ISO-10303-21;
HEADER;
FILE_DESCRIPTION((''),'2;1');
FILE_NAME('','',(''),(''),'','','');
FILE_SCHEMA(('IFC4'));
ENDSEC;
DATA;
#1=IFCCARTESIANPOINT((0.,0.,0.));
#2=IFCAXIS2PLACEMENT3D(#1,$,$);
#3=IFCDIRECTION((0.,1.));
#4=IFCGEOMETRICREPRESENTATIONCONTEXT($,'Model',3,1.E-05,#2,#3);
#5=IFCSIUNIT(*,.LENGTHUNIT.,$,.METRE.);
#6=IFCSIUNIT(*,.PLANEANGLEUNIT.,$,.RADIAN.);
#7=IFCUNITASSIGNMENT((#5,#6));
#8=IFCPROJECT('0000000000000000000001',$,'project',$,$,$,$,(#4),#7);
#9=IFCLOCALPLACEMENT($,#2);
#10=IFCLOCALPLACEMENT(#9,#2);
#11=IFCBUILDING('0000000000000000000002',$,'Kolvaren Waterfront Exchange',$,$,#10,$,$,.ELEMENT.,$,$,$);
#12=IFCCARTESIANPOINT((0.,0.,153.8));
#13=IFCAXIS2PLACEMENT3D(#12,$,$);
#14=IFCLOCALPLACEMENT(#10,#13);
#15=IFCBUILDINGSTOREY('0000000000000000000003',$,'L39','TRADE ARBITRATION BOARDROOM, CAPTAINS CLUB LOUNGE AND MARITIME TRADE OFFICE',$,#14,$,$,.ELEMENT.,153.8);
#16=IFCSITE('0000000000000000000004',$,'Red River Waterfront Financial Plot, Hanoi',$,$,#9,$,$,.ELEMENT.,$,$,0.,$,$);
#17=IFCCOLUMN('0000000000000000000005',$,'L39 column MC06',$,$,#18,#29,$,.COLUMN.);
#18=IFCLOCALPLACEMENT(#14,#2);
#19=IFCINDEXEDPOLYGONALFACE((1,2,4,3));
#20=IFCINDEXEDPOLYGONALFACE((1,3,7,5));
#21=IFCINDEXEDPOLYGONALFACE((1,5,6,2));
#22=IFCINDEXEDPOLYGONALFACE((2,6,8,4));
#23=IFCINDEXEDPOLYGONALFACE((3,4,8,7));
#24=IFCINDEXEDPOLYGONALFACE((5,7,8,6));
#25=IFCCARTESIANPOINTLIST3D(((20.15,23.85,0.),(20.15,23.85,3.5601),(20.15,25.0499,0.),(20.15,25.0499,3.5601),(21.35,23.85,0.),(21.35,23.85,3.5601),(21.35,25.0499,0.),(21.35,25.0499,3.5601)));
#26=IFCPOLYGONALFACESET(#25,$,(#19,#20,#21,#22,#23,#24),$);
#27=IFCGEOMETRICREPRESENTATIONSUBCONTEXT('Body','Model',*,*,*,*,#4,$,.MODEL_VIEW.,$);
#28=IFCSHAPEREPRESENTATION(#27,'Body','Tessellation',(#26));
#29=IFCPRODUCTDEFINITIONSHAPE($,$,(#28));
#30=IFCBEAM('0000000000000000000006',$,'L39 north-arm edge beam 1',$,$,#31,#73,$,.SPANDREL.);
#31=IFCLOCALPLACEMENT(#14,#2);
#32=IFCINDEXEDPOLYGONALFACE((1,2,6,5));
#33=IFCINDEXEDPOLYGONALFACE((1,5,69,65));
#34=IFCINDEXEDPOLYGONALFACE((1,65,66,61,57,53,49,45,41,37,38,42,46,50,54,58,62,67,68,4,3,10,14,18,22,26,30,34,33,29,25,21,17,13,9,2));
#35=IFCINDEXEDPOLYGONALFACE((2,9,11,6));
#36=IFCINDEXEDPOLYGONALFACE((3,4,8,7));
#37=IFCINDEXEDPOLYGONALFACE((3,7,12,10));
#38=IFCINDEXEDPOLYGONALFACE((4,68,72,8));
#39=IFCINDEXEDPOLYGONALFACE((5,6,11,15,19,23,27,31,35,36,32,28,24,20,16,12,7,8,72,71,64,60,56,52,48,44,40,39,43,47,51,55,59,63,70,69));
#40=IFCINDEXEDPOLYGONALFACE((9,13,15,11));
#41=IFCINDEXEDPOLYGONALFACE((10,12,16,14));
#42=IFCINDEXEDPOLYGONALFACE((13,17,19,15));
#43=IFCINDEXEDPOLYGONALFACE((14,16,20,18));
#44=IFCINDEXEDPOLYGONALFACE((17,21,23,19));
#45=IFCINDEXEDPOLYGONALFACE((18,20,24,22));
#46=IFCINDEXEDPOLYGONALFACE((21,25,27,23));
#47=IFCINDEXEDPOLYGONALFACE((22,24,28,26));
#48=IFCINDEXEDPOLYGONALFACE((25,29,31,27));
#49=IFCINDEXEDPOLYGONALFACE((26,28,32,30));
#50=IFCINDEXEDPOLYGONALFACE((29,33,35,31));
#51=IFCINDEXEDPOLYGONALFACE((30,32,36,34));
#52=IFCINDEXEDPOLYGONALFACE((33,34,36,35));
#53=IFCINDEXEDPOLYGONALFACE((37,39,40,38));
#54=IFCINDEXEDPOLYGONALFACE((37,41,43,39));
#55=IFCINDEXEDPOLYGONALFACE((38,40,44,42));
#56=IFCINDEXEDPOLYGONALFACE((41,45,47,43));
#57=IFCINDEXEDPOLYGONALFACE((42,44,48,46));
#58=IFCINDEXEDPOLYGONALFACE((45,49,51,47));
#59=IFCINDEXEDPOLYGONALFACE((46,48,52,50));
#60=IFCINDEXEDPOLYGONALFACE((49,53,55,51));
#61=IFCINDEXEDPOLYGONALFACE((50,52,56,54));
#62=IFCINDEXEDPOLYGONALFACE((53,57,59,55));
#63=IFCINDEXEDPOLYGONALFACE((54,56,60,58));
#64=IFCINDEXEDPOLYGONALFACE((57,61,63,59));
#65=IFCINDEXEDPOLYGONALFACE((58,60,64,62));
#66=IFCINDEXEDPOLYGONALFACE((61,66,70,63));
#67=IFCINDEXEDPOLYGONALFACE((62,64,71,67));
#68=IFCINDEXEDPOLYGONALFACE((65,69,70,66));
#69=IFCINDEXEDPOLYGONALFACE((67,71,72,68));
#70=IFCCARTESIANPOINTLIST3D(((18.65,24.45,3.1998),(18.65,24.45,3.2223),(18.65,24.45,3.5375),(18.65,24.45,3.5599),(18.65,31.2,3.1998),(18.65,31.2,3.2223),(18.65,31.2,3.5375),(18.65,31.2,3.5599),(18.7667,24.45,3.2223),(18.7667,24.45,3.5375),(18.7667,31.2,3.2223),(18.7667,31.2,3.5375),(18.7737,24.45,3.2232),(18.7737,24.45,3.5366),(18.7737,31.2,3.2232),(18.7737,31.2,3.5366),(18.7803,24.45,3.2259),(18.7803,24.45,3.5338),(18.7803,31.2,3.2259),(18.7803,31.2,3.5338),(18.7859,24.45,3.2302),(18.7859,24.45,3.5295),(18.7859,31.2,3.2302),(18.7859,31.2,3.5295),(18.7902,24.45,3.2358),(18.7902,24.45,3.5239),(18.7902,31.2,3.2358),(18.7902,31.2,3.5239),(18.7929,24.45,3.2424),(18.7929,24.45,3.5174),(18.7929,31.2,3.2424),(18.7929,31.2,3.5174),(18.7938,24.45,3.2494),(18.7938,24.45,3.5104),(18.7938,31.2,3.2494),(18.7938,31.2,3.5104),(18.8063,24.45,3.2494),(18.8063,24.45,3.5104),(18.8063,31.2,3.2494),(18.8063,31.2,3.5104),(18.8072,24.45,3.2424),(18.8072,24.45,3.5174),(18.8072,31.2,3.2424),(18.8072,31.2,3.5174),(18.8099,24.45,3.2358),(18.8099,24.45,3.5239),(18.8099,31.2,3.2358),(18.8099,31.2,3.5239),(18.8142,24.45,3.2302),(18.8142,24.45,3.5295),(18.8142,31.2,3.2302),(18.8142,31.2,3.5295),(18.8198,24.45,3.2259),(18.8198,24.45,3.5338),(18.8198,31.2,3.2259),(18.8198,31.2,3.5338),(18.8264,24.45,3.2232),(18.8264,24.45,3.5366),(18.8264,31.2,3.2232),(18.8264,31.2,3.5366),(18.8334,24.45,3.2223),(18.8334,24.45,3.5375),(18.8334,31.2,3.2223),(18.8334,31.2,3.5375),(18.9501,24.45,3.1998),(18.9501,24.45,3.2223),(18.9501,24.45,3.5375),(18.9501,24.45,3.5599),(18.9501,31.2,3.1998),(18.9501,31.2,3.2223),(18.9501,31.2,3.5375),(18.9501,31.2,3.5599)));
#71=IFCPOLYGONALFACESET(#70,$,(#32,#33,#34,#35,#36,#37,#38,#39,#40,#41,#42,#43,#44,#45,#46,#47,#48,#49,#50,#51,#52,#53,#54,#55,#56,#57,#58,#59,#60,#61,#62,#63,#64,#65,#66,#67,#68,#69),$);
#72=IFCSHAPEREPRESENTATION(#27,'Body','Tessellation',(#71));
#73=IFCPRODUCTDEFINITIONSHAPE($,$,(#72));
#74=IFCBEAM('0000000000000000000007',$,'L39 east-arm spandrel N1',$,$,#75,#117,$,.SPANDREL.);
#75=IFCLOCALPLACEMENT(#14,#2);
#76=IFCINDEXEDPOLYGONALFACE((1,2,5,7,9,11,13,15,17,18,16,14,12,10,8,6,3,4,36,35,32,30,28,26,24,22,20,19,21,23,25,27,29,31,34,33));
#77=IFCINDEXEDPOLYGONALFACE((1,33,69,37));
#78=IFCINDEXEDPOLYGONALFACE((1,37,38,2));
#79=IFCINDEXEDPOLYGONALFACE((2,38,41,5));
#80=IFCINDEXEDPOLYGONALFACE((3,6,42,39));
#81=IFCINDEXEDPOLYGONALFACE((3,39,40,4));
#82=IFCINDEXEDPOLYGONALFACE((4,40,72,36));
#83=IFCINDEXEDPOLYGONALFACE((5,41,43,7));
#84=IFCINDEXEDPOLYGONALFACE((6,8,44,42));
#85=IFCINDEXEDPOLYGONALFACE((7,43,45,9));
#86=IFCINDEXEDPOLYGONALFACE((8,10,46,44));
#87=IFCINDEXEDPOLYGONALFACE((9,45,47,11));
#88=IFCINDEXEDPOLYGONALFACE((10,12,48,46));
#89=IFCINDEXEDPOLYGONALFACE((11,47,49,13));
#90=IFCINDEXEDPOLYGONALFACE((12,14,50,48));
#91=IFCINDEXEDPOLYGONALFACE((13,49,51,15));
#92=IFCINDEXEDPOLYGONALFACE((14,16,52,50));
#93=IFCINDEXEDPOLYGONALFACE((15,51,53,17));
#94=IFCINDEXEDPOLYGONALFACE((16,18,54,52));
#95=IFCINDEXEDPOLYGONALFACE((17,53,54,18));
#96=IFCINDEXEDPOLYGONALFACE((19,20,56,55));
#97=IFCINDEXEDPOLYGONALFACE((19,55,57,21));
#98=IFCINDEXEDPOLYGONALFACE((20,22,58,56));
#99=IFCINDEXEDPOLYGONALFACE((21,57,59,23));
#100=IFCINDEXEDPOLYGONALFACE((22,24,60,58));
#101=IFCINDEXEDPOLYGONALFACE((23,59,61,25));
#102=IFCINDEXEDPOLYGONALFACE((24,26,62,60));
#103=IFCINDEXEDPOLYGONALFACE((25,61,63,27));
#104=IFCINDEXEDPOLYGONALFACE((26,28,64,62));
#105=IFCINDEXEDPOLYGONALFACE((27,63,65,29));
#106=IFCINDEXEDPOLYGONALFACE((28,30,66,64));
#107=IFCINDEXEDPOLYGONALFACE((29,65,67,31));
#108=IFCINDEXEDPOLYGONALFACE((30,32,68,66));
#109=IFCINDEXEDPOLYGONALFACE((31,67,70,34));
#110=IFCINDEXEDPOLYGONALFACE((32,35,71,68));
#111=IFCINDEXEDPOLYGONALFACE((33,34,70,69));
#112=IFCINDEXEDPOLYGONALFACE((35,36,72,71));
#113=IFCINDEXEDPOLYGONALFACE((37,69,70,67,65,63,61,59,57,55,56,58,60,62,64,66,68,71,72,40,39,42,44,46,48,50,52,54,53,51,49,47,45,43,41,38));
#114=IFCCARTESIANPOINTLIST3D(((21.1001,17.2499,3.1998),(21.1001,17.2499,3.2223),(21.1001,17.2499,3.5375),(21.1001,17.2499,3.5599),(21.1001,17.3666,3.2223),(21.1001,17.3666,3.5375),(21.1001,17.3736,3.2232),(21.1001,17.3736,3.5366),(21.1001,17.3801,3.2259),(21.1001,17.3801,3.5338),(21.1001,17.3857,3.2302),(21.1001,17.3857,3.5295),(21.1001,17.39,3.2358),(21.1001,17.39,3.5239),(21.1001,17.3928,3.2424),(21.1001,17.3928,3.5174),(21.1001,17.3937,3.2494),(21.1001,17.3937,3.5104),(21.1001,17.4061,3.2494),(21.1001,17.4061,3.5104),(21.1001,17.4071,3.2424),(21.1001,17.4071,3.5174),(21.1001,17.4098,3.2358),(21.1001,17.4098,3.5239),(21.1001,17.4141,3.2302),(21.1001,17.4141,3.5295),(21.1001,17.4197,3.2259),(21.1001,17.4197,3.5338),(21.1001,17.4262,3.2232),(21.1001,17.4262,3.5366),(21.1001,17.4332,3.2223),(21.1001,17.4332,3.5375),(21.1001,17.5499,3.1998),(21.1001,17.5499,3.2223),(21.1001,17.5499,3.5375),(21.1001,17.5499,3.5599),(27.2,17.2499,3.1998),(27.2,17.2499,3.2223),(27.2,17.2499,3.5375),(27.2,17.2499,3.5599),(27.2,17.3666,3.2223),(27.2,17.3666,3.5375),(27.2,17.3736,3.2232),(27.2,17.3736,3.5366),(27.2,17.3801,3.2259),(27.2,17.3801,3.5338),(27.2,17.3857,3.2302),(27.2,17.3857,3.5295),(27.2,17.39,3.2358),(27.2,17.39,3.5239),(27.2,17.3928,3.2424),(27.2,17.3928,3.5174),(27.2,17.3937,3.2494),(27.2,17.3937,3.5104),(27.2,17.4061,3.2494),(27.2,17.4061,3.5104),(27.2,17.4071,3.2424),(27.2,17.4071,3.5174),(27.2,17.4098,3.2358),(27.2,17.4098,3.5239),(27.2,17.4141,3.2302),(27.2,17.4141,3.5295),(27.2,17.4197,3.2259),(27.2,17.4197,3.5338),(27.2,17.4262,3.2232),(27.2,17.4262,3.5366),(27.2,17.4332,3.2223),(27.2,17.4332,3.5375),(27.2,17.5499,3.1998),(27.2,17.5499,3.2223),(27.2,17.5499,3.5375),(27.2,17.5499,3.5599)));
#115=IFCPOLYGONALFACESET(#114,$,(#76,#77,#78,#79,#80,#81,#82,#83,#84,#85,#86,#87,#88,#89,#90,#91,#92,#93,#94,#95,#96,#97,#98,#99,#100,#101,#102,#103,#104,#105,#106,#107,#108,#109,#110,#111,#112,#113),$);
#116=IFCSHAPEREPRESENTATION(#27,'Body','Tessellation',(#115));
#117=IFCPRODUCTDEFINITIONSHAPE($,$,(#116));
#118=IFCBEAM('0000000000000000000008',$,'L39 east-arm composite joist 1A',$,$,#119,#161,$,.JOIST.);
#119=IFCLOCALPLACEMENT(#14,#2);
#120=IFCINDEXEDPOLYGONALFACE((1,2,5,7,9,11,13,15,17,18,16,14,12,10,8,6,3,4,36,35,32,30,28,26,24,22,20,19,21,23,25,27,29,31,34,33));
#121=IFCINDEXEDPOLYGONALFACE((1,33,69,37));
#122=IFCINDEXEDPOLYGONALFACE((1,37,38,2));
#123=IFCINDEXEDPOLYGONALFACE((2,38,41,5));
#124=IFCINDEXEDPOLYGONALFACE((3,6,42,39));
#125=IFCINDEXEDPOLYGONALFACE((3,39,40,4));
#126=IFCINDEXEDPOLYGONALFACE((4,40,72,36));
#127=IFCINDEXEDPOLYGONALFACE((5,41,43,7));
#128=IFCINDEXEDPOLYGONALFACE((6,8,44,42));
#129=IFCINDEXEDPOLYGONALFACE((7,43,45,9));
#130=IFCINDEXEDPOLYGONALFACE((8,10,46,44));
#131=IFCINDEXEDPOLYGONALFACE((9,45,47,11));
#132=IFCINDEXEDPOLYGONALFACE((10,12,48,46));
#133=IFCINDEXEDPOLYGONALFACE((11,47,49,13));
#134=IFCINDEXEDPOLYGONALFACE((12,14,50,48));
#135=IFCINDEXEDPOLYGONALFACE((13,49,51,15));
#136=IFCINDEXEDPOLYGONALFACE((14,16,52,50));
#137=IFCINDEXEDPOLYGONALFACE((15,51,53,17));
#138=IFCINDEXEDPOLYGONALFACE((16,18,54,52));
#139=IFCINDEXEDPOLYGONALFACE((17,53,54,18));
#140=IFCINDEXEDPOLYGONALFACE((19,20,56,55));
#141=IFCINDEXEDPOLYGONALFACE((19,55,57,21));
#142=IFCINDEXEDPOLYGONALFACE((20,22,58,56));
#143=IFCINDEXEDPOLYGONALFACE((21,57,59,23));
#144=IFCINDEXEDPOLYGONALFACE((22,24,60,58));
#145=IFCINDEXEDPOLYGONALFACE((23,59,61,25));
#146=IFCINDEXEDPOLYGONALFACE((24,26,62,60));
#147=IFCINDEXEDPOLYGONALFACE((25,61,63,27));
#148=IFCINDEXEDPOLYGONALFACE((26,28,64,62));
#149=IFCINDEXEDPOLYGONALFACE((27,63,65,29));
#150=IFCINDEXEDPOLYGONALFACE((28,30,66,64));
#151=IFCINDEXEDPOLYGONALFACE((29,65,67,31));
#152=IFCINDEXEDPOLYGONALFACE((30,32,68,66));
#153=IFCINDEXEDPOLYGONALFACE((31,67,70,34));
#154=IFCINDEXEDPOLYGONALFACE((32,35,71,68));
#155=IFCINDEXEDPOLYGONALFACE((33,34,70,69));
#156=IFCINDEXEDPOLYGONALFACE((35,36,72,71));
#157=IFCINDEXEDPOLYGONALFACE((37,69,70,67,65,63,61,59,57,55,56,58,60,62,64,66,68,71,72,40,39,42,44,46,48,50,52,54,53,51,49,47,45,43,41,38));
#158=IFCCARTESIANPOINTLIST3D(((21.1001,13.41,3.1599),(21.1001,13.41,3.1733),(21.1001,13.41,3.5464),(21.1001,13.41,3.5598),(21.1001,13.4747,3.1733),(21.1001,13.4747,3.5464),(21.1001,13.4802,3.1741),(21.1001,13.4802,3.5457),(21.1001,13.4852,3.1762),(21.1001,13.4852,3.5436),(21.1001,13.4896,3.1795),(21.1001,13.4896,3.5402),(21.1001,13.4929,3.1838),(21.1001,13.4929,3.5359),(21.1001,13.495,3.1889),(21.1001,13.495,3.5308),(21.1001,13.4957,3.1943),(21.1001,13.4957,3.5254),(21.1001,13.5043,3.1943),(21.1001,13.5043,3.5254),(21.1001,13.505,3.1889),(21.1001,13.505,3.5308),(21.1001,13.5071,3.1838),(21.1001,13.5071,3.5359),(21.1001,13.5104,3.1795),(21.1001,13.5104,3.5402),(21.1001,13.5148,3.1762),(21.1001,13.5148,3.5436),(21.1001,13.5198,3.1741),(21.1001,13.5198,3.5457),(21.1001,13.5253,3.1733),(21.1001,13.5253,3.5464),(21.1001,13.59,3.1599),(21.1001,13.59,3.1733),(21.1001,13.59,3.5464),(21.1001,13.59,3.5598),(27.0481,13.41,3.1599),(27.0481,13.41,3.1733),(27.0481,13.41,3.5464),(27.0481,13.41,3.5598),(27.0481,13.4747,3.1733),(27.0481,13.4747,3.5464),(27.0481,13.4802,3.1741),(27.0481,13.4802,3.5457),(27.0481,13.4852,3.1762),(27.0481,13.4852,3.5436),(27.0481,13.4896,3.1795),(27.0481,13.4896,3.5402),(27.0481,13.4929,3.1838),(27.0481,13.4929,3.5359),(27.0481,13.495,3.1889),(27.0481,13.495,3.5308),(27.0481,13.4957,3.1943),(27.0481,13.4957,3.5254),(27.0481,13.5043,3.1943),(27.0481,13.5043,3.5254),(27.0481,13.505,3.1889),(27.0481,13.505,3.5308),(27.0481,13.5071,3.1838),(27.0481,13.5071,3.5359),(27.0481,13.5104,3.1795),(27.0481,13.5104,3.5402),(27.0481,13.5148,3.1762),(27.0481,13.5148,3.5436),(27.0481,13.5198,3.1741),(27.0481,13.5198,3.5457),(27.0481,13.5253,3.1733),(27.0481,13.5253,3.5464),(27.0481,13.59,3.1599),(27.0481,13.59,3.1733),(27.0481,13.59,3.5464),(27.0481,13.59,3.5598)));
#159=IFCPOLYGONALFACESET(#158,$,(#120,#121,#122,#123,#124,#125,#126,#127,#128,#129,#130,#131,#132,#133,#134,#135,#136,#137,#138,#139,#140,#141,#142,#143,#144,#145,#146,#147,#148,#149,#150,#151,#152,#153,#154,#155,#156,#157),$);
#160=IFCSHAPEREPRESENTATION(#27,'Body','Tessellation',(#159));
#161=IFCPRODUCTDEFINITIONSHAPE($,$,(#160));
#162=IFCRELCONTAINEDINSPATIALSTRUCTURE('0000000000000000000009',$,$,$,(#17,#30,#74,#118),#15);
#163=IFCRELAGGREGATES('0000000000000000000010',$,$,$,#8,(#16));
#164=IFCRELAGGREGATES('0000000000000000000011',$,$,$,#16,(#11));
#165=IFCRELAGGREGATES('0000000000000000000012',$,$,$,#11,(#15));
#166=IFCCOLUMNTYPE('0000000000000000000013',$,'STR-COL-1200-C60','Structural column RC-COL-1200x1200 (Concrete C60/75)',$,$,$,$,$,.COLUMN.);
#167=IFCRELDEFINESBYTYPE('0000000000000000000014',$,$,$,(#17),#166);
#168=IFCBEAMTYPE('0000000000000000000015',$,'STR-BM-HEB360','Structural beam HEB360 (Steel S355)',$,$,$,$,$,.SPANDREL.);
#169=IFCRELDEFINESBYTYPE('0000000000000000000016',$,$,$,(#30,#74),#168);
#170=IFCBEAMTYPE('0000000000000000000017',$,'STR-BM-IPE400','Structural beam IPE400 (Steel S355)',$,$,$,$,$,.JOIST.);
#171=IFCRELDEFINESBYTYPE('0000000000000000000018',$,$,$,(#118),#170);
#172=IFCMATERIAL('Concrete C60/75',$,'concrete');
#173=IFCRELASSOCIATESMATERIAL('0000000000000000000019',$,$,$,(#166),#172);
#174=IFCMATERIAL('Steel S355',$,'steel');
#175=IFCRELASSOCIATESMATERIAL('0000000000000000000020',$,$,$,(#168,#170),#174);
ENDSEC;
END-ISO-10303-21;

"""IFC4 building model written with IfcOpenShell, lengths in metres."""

from ifc_helpers import new_model, si_unit, direction, frame, origin, origin_2d, place, context, subcontext, project, spatial, rectangle, i_section, extrude, material, material_profile, profile_set, type_object, element, save


model = new_model("IFC4")

# Units and contexts
model_context = context("Model", 3, precision=1e-05, world=origin(), true_north=direction((0.0, 1.0)))
body_context = subcontext(model_context, "Body", "Model", "MODEL_VIEW")
ifc_project = project(units=[si_unit("LENGTHUNIT", "METRE"), si_unit("PLANEANGLEUNIT", "RADIAN")], contexts=[model_context])

# Site, building, storey
site_placement = place(None, origin())
site = spatial("IfcSite", under=ifc_project, at=site_placement, Name="Red River Waterfront Financial Plot, Hanoi", CompositionType="ELEMENT", RefElevation=0.0)
building_placement = place(site_placement, origin())
building = spatial("IfcBuilding", under=site, at=building_placement, Name="Kolvaren Waterfront Exchange", CompositionType="ELEMENT")
storey_placement = place(building_placement, frame((0.0, 0.0, 153.8)))
storey = spatial("IfcBuildingStorey", under=building, at=storey_placement, Name="L39", Description="TRADE ARBITRATION BOARDROOM, CAPTAINS CLUB LOUNGE AND MARITIME TRADE OFFICE", CompositionType="ELEMENT", Elevation=153.8)

# Column
ifc_material_1 = material(Name="Concrete C60/75", Category="concrete")
ifc_material_profile_1 = material_profile(ifc_material_1, rectangle(XDim=1.2, YDim=1.2, at=origin_2d()), Name="RC-COL-1200x1200")
ifc_profile_set_1 = profile_set([ifc_material_profile_1], Name="Concrete C60/75")
column_type = type_object("IfcColumnType", Name="STR-COL-1200-C60", Description="Structural column RC-COL-1200x1200 (Concrete C60/75)", PredefinedType="COLUMN", material=ifc_profile_set_1)
column_placement = place(storey_placement, frame((20.75, 24.45, 0.0), z_axis=(0.0, 0.0, 1.0), x_axis=(1.0, 0.0, 0.0)))
element("IfcColumn", 1, at=column_placement, inside=storey, type_object=column_type, Name="L39 column MC06", PredefinedType="COLUMN", context=body_context, shape_type="SweptSolid", body=[
    extrude(rectangle(XDim=1.2, YDim=1.2, at=origin_2d()), origin(), (0.0, 0.0, 1.0), 3.5601),
])

# Beams
ifc_material_2 = material(Name="Steel S355", Category="steel")
ifc_material_profile_2 = material_profile(ifc_material_2, i_section(OverallWidth=0.3, OverallDepth=0.3601, WebThickness=0.0125, FlangeThickness=0.0225, FilletRadius=0.0271, at=origin_2d()), Name="HEB360")
ifc_profile_set_2 = profile_set([ifc_material_profile_2], Name="Steel S355")
beam_type_1 = type_object("IfcBeamType", Name="STR-BM-HEB360", Description="Structural beam HEB360 (Steel S355)", PredefinedType="SPANDREL", material=ifc_profile_set_2)
beam_1_placement = place(storey_placement, frame((18.8, 24.45, 3.3799), z_axis=(0.0, 1.0, 0.0), x_axis=(-1.0, 0.0, 0.0)))
element("IfcBeam", 2, at=beam_1_placement, inside=storey, type_object=beam_type_1, Name="L39 north-arm edge beam 1", PredefinedType="SPANDREL", context=body_context, shape_type="SweptSolid", body=[
    extrude(i_section(OverallWidth=0.3, OverallDepth=0.3601, WebThickness=0.0125, FlangeThickness=0.0225, FilletRadius=0.0271, at=origin_2d()), origin(), (0.0, 0.0, 1.0), 6.75),
])
beam_2_placement = place(storey_placement, frame((21.1001, 17.3999, 3.3799), z_axis=(1.0, 0.0, 0.0), x_axis=(0.0, 1.0, 0.0)))
element("IfcBeam", 3, at=beam_2_placement, inside=storey, type_object=beam_type_1, Name="L39 east-arm spandrel N1", PredefinedType="SPANDREL", context=body_context, shape_type="SweptSolid", body=[
    extrude(i_section(OverallWidth=0.3, OverallDepth=0.3601, WebThickness=0.0125, FlangeThickness=0.0225, FilletRadius=0.0271, at=origin_2d()), origin(), (0.0, 0.0, 1.0), 6.0999),
])
ifc_material_profile_3 = material_profile(ifc_material_2, i_section(OverallWidth=0.1799, OverallDepth=0.3999, WebThickness=0.0085, FlangeThickness=0.0134, FilletRadius=0.021, at=origin_2d()), Name="IPE400")
ifc_profile_set_3 = profile_set([ifc_material_profile_3], Name="Steel S355")
beam_type_2 = type_object("IfcBeamType", Name="STR-BM-IPE400", Description="Structural beam IPE400 (Steel S355)", PredefinedType="JOIST", material=ifc_profile_set_3)
for number, where, z_axis, x_axis, name in (
    (4, (21.1001, 13.5, 3.3599), (1.0, 0.0, 0.0), (0.0, 1.0, 0.0), "L39 east-arm composite joist 1A"),
):
    element("IfcBeam", number, at=place(storey_placement, frame(where, z_axis=z_axis, x_axis=x_axis)), inside=storey, type_object=beam_type_2, Name=name, PredefinedType="JOIST", context=body_context, shape_type="SweptSolid", body=[
        extrude(i_section(OverallWidth=0.1799, OverallDepth=0.3999, WebThickness=0.0085, FlangeThickness=0.0134, FilletRadius=0.021, at=origin_2d()), origin(), (0.0, 0.0, 1.0), 5.948),
    ])

save(model, "model.ifc")
